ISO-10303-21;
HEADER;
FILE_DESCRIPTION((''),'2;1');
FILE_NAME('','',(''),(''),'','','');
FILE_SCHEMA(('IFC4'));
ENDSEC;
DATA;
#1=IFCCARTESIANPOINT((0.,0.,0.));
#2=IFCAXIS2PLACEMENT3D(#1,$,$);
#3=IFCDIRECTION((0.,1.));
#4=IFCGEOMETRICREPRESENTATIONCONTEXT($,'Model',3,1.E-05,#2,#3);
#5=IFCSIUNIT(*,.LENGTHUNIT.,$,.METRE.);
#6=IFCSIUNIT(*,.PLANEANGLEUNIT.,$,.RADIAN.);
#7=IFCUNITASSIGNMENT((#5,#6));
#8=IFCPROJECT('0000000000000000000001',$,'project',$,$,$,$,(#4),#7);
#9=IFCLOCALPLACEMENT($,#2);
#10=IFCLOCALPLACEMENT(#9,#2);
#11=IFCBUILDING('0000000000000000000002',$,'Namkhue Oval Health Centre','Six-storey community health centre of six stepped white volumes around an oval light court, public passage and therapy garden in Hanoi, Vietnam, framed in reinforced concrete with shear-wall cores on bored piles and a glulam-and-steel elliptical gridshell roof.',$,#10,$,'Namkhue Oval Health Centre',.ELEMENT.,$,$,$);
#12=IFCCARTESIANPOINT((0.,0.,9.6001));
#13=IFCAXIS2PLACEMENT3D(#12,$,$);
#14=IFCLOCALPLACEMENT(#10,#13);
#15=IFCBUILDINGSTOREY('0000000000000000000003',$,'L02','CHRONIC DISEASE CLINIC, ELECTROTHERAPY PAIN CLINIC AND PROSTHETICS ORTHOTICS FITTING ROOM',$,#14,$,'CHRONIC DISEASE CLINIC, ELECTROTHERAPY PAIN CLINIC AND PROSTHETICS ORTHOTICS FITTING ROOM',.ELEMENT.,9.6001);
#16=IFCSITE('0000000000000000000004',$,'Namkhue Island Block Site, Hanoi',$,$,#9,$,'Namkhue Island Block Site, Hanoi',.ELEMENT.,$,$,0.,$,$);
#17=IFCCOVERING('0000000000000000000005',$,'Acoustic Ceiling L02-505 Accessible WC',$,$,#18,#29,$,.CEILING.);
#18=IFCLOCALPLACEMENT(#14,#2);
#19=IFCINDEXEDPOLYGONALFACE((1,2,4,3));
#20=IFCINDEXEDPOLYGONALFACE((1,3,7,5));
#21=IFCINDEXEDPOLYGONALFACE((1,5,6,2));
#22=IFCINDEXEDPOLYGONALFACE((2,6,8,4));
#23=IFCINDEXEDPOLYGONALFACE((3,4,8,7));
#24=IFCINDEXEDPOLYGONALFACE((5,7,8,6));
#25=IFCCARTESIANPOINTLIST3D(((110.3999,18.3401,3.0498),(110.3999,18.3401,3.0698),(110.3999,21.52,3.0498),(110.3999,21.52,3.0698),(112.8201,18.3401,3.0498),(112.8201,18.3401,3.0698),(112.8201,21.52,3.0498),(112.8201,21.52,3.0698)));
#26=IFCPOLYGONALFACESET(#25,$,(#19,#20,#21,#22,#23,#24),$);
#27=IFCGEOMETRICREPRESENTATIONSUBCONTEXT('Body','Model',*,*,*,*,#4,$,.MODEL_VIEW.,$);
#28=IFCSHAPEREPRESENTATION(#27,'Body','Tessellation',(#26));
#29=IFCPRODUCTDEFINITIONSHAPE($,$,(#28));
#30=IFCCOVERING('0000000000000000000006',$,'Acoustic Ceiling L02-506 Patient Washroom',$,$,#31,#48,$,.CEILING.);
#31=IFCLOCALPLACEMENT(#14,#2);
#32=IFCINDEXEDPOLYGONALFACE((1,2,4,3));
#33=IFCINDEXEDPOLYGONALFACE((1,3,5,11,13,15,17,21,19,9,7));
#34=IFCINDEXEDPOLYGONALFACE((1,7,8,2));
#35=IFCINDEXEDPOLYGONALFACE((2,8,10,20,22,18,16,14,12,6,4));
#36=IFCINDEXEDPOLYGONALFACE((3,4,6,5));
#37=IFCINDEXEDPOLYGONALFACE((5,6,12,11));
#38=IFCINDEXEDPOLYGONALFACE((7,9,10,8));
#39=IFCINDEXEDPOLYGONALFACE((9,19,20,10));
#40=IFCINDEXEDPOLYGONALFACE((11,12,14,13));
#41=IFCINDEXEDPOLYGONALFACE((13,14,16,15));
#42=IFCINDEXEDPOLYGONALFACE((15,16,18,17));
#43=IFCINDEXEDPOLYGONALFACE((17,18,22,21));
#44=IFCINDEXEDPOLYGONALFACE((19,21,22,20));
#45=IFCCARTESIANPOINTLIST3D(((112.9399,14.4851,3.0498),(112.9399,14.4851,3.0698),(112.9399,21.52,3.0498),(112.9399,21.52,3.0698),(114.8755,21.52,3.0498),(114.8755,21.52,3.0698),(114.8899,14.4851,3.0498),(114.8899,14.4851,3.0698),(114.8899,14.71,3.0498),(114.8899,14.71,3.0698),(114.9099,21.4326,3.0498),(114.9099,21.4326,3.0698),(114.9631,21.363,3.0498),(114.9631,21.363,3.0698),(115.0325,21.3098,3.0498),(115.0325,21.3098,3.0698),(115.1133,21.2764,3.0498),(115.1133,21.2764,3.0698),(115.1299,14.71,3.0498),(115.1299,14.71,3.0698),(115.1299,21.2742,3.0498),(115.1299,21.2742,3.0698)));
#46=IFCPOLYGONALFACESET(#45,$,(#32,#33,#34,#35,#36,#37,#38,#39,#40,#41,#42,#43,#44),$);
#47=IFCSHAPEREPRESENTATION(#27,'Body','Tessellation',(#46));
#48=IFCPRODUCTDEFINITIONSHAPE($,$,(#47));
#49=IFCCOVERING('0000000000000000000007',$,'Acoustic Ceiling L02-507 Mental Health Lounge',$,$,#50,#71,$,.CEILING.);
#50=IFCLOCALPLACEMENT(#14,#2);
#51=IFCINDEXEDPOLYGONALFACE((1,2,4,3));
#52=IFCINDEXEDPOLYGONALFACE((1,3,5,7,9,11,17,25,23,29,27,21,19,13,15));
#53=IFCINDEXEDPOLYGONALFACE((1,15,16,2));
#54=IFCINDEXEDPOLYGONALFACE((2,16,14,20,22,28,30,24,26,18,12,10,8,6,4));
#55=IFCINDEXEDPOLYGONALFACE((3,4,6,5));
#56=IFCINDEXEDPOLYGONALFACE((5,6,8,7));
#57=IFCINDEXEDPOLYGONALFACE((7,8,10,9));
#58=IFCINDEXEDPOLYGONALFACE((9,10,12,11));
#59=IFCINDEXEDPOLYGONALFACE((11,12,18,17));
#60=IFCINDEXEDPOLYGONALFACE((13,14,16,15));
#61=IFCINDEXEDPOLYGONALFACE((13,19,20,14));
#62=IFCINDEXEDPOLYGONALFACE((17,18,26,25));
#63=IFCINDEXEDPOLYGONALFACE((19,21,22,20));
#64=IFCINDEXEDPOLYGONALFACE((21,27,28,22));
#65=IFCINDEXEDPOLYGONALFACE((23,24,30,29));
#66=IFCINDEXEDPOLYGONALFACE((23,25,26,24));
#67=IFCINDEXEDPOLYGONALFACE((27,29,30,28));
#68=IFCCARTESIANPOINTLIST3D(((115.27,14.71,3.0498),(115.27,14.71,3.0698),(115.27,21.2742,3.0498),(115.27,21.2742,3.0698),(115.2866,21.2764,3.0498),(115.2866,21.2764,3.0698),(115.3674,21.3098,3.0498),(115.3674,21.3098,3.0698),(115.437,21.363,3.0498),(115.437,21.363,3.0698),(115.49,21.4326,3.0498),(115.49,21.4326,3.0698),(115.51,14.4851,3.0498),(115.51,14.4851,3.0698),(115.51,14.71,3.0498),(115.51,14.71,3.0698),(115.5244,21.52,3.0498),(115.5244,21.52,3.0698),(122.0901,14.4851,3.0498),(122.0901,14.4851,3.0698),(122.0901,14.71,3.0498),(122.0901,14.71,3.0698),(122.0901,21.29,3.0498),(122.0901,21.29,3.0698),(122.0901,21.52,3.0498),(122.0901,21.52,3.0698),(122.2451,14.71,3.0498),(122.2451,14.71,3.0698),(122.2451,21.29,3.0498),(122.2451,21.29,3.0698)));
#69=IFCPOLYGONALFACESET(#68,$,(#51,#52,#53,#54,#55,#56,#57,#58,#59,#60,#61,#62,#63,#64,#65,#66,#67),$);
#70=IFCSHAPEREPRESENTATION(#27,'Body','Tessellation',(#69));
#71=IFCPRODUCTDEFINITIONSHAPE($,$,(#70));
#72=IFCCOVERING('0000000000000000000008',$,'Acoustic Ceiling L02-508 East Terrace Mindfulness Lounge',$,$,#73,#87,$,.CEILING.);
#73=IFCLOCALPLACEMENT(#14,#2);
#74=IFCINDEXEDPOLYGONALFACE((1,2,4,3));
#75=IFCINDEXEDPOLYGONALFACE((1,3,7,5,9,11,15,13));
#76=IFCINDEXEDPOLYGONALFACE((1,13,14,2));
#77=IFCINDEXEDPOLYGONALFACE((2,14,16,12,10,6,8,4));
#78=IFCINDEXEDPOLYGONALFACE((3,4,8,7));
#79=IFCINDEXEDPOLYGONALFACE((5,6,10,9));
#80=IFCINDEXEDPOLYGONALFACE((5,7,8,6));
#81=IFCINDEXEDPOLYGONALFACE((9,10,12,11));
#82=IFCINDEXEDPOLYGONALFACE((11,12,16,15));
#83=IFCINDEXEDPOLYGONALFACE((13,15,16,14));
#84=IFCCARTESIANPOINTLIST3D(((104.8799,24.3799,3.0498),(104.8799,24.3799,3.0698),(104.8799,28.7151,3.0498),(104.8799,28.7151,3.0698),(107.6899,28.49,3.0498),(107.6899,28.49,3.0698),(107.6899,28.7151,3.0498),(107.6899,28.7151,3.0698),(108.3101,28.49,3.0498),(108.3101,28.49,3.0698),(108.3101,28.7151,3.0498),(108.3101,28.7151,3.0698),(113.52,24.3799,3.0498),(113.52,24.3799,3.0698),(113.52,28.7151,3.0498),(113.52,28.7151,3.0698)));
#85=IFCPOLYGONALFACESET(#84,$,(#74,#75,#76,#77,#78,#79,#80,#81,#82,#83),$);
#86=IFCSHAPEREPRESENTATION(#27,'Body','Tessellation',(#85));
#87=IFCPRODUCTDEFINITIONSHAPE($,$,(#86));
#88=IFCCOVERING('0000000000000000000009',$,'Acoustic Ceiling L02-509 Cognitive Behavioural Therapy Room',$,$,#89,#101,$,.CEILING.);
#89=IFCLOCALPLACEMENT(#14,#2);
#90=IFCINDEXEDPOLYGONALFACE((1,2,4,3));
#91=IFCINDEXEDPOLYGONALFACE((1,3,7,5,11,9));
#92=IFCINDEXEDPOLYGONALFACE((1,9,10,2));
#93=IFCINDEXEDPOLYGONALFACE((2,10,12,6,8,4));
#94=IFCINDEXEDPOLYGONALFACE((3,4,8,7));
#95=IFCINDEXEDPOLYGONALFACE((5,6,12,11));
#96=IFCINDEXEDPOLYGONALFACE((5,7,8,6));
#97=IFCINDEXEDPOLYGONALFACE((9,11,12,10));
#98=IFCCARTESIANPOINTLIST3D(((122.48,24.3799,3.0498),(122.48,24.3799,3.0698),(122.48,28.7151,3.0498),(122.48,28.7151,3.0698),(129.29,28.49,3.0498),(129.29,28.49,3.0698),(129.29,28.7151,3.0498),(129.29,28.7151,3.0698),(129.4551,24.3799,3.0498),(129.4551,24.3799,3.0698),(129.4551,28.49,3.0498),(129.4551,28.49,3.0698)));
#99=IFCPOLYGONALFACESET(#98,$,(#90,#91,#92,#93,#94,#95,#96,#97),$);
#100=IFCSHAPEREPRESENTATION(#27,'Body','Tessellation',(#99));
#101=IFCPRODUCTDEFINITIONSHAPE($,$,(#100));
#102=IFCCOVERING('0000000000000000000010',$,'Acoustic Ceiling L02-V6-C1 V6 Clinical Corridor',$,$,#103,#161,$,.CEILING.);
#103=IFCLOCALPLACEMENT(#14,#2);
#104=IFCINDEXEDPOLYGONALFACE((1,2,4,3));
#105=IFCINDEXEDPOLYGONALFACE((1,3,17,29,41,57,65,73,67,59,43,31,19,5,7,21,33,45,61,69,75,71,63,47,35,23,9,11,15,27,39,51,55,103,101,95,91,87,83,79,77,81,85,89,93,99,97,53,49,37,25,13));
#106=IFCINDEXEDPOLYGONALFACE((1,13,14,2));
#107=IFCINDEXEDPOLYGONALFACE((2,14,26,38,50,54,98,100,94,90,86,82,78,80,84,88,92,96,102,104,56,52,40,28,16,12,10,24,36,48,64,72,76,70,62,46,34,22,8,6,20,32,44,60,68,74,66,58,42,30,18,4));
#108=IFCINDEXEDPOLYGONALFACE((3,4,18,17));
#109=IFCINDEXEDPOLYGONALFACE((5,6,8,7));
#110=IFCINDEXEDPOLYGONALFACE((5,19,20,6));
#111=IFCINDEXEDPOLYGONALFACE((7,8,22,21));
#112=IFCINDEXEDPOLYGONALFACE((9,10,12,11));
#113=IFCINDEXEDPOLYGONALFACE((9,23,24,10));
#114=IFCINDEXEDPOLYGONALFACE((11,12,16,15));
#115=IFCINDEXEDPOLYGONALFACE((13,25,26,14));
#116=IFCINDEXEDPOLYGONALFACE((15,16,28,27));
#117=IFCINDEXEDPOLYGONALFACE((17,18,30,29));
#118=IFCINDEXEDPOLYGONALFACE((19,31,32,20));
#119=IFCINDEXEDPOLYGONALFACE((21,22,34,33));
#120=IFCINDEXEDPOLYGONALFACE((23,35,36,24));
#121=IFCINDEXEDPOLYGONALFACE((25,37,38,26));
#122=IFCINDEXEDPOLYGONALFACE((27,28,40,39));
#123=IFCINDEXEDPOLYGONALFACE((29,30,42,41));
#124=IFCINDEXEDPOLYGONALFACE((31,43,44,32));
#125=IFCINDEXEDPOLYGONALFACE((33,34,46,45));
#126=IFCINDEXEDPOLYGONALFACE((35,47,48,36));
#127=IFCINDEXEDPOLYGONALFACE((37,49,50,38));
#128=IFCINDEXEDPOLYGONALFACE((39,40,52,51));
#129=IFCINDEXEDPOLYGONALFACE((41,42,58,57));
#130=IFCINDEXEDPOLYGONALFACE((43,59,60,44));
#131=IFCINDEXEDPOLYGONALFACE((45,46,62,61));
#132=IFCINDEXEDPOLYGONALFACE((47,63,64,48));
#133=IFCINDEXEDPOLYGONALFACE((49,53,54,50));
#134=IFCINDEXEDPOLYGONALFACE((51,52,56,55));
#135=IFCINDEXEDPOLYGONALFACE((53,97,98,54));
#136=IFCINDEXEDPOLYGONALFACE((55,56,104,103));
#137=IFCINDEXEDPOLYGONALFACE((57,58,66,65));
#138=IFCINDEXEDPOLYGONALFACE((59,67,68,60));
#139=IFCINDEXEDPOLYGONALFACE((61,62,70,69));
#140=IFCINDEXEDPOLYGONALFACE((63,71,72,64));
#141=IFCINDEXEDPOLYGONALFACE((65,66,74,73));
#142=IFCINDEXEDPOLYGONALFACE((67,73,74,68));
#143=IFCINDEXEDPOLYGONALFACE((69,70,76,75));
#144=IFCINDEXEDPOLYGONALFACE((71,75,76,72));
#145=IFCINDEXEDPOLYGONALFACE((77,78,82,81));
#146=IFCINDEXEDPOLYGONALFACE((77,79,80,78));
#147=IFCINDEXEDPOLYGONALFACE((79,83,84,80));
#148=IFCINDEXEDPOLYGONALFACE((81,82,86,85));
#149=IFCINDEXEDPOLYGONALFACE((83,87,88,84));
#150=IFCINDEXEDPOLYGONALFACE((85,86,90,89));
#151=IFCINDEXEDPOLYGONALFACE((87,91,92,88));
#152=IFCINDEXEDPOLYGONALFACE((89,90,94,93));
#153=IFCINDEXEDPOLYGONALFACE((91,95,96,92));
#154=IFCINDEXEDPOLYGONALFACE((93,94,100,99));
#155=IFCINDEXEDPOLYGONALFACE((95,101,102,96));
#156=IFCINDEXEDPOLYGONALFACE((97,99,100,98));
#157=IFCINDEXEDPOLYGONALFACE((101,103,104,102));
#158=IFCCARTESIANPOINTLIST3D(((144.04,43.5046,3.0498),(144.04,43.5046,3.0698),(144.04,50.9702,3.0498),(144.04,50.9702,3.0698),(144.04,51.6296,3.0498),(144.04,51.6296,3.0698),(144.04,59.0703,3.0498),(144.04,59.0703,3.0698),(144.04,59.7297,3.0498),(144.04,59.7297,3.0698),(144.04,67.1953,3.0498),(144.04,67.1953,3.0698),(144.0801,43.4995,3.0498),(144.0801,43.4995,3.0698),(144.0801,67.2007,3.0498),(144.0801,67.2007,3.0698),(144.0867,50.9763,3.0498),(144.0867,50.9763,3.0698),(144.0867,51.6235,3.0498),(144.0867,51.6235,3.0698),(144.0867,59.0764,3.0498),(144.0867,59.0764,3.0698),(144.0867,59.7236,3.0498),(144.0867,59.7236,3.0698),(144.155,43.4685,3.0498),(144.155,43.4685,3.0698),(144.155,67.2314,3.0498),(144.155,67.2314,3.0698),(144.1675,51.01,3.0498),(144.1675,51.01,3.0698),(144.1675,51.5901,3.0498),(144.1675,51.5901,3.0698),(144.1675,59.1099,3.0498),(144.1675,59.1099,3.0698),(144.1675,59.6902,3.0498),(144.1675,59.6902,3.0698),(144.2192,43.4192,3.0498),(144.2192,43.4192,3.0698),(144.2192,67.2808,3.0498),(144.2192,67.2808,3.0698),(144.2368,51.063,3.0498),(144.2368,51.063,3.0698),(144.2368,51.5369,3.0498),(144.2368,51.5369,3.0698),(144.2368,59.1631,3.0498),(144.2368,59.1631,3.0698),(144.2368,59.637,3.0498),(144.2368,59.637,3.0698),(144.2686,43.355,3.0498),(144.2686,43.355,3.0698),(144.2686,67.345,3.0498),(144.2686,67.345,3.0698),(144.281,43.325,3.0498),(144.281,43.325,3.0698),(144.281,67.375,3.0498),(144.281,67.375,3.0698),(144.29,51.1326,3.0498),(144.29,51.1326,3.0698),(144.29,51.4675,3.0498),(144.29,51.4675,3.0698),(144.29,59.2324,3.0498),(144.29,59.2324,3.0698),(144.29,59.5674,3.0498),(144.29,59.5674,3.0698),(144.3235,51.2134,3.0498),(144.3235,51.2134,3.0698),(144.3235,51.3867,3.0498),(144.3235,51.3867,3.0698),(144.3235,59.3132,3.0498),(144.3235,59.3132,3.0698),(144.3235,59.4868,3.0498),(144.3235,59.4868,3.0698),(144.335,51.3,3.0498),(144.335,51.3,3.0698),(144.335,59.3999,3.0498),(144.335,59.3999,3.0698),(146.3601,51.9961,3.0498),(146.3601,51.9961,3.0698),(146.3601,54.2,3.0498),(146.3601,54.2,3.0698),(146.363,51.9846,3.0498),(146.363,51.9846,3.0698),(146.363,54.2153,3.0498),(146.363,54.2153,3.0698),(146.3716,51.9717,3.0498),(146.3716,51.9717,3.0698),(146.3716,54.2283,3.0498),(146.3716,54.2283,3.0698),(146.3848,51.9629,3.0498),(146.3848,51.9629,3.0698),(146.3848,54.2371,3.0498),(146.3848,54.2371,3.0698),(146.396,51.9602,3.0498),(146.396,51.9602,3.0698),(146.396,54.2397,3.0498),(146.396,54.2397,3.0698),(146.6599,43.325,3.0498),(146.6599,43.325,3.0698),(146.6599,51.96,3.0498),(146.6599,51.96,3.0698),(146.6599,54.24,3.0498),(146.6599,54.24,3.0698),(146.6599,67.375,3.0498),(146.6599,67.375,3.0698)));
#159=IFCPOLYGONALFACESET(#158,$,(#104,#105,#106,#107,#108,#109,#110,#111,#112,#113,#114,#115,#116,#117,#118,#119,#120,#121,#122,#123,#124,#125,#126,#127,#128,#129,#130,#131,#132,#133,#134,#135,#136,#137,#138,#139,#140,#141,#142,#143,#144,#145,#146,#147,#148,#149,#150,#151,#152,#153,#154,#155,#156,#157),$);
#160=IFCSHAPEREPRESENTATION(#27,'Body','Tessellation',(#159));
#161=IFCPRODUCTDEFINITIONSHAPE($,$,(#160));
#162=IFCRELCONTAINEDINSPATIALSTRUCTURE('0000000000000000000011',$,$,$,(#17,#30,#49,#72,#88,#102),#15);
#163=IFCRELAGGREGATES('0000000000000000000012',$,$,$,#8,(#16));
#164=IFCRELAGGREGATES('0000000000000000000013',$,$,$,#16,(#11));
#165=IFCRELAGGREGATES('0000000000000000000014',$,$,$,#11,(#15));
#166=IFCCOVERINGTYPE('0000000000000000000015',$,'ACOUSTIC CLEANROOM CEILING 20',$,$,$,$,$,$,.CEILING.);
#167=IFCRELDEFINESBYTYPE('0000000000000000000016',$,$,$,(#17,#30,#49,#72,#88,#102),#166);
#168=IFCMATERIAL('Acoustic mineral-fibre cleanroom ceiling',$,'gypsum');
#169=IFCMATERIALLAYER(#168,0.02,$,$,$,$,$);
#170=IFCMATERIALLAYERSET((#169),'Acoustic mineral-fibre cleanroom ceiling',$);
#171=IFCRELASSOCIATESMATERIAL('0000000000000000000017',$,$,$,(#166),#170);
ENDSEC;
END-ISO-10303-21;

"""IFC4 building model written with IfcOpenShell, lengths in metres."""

from ifc_helpers import new_model, si_unit, direction, frame, origin, place, context, subcontext, project, spatial, polyline, outline, extrude, material, layer, layer_set, type_object, element, save


model = new_model("IFC4")

# Units and contexts
model_context = context("Model", 3, precision=1e-05, world=origin(), true_north=direction((0.0, 1.0)))
body_context = subcontext(model_context, "Body", "Model", "MODEL_VIEW")
ifc_project = project(units=[si_unit("LENGTHUNIT", "METRE"), si_unit("PLANEANGLEUNIT", "RADIAN")], contexts=[model_context])

# Site, building, storey
site_placement = place(None, origin())
site = spatial("IfcSite", under=ifc_project, at=site_placement, Name="Namkhue Island Block Site, Hanoi", LongName="Namkhue Island Block Site, Hanoi", CompositionType="ELEMENT", RefElevation=0.0)
building_placement = place(site_placement, origin())
building = spatial("IfcBuilding", under=site, at=building_placement, Name="Namkhue Oval Health Centre", Description="Six-storey community health centre of six stepped white volumes around an oval light court, public passage and therapy garden in Hanoi, Vietnam, framed in reinforced concrete with shear-wall cores on bored piles and a glulam-and-steel elliptical gridshell roof.", LongName="Namkhue Oval Health Centre", CompositionType="ELEMENT")
storey_placement = place(building_placement, frame((0.0, 0.0, 9.6001)))
storey = spatial("IfcBuildingStorey", under=building, at=storey_placement, Name="L02", Description="CHRONIC DISEASE CLINIC, ELECTROTHERAPY PAIN CLINIC AND PROSTHETICS ORTHOTICS FITTING ROOM", LongName="CHRONIC DISEASE CLINIC, ELECTROTHERAPY PAIN CLINIC AND PROSTHETICS ORTHOTICS FITTING ROOM", CompositionType="ELEMENT", Elevation=9.6001)

# Coverings
ifc_material_1 = material(Name="Acoustic mineral-fibre cleanroom ceiling", Category="gypsum")
ifc_layer_1 = layer(ifc_material_1, 0.02)
ifc_layer_set_1 = layer_set([ifc_layer_1], Name="Acoustic mineral-fibre cleanroom ceiling")
covering_type_1 = type_object("IfcCoveringType", Name="ACOUSTIC CLEANROOM CEILING 20", PredefinedType="CEILING", material=ifc_layer_set_1)
covering_1_placement = place(storey_placement, frame((0.0, 0.0, 3.0498)))
element("IfcCovering", 1, at=covering_1_placement, inside=storey, type_object=covering_type_1, Name="Acoustic Ceiling L02-505 Accessible WC", PredefinedType="CEILING", context=body_context, shape_type="SweptSolid", body=[
    extrude(outline(polyline([(110.3999, 18.3401), (110.3999, 21.52), (112.8201, 21.52), (112.8201, 18.3401), (110.3999, 18.3401)])), origin(), (0.0, 0.0, 1.0), 0.02),
])
covering_2_placement = place(storey_placement, frame((0.0, 0.0, 3.0498)))
element("IfcCovering", 2, at=covering_2_placement, inside=storey, type_object=covering_type_1, Name="Acoustic Ceiling L02-506 Patient Washroom", PredefinedType="CEILING", context=body_context, shape_type="SweptSolid", body=[
    extrude(outline(polyline([(112.9399, 14.4851), (112.9399, 21.52), (114.8755, 21.52), (114.9099, 21.4326), (114.9631, 21.363), (115.0325, 21.3098), (115.1133, 21.2764), (115.1299, 21.2742), (115.1299, 14.71), (114.8899, 14.71), (114.8899, 14.4851), (112.9399, 14.4851)])), origin(), (0.0, 0.0, 1.0), 0.02),
])
covering_3_placement = place(storey_placement, frame((0.0, 0.0, 3.0498)))
element("IfcCovering", 3, at=covering_3_placement, inside=storey, type_object=covering_type_1, Name="Acoustic Ceiling L02-507 Mental Health Lounge", PredefinedType="CEILING", context=body_context, shape_type="SweptSolid", body=[
    extrude(outline(polyline([(115.51, 14.4851), (115.51, 14.71), (115.27, 14.71), (115.27, 21.2742), (115.2866, 21.2764), (115.3674, 21.3098), (115.437, 21.363), (115.49, 21.4326), (115.5244, 21.52), (122.0901, 21.52), (122.0901, 21.29), (122.2451, 21.29), (122.2451, 14.71), (122.0901, 14.71), (122.0901, 14.4851), (115.51, 14.4851)])), origin(), (0.0, 0.0, 1.0), 0.02),
])
covering_4_placement = place(storey_placement, frame((0.0, 0.0, 3.0498)))
element("IfcCovering", 4, at=covering_4_placement, inside=storey, type_object=covering_type_1, Name="Acoustic Ceiling L02-508 East Terrace Mindfulness Lounge", PredefinedType="CEILING", context=body_context, shape_type="SweptSolid", body=[
    extrude(outline(polyline([(104.8799, 24.3799), (104.8799, 28.7151), (107.6899, 28.7151), (107.6899, 28.49), (108.3101, 28.49), (108.3101, 28.7151), (113.52, 28.7151), (113.52, 24.3799), (104.8799, 24.3799)])), origin(), (0.0, 0.0, 1.0), 0.02),
])
covering_5_placement = place(storey_placement, frame((0.0, 0.0, 3.0498)))
element("IfcCovering", 5, at=covering_5_placement, inside=storey, type_object=covering_type_1, Name="Acoustic Ceiling L02-509 Cognitive Behavioural Therapy Room", PredefinedType="CEILING", context=body_context, shape_type="SweptSolid", body=[
    extrude(outline(polyline([(122.48, 24.3799), (122.48, 28.7151), (129.29, 28.7151), (129.29, 28.49), (129.4551, 28.49), (129.4551, 24.3799), (122.48, 24.3799)])), origin(), (0.0, 0.0, 1.0), 0.02),
])
covering_6_placement = place(storey_placement, frame((0.0, 0.0, 3.0498)))
element("IfcCovering", 6, at=covering_6_placement, inside=storey, type_object=covering_type_1, Name="Acoustic Ceiling L02-V6-C1 V6 Clinical Corridor", PredefinedType="CEILING", context=body_context, shape_type="SweptSolid", body=[
    extrude(outline(polyline([(144.04, 50.9702), (144.0867, 50.9763), (144.1675, 51.01), (144.2368, 51.063), (144.29, 51.1326), (144.3235, 51.2134), (144.335, 51.3), (144.3235, 51.3867), (144.29, 51.4675), (144.2368, 51.5369), (144.1675, 51.5901), (144.0867, 51.6235), (144.04, 51.6296), (144.04, 59.0703), (144.0867, 59.0764), (144.1675, 59.1099), (144.2368, 59.1631), (144.29, 59.2324), (144.3235, 59.3132), (144.335, 59.3999), (144.3235, 59.4868), (144.29, 59.5674), (144.2368, 59.637), (144.1675, 59.6902), (144.0867, 59.7236), (144.04, 59.7297), (144.04, 67.1953), (144.0801, 67.2007), (144.155, 67.2314), (144.2192, 67.2808), (144.2686, 67.345), (144.281, 67.375), (146.6599, 67.375), (146.6599, 54.24), (146.396, 54.2397), (146.3848, 54.2371), (146.3716, 54.2283), (146.363, 54.2153), (146.3601, 54.2), (146.3601, 51.9961), (146.363, 51.9846), (146.3716, 51.9717), (146.3848, 51.9629), (146.396, 51.9602), (146.6599, 51.96), (146.6599, 43.325), (144.281, 43.325), (144.2686, 43.355), (144.2192, 43.4192), (144.155, 43.4685), (144.0801, 43.4995), (144.04, 43.5046), (144.04, 50.9702)])), origin(), (0.0, 0.0, 1.0), 0.02),
])

save(model, "model.ifc")
